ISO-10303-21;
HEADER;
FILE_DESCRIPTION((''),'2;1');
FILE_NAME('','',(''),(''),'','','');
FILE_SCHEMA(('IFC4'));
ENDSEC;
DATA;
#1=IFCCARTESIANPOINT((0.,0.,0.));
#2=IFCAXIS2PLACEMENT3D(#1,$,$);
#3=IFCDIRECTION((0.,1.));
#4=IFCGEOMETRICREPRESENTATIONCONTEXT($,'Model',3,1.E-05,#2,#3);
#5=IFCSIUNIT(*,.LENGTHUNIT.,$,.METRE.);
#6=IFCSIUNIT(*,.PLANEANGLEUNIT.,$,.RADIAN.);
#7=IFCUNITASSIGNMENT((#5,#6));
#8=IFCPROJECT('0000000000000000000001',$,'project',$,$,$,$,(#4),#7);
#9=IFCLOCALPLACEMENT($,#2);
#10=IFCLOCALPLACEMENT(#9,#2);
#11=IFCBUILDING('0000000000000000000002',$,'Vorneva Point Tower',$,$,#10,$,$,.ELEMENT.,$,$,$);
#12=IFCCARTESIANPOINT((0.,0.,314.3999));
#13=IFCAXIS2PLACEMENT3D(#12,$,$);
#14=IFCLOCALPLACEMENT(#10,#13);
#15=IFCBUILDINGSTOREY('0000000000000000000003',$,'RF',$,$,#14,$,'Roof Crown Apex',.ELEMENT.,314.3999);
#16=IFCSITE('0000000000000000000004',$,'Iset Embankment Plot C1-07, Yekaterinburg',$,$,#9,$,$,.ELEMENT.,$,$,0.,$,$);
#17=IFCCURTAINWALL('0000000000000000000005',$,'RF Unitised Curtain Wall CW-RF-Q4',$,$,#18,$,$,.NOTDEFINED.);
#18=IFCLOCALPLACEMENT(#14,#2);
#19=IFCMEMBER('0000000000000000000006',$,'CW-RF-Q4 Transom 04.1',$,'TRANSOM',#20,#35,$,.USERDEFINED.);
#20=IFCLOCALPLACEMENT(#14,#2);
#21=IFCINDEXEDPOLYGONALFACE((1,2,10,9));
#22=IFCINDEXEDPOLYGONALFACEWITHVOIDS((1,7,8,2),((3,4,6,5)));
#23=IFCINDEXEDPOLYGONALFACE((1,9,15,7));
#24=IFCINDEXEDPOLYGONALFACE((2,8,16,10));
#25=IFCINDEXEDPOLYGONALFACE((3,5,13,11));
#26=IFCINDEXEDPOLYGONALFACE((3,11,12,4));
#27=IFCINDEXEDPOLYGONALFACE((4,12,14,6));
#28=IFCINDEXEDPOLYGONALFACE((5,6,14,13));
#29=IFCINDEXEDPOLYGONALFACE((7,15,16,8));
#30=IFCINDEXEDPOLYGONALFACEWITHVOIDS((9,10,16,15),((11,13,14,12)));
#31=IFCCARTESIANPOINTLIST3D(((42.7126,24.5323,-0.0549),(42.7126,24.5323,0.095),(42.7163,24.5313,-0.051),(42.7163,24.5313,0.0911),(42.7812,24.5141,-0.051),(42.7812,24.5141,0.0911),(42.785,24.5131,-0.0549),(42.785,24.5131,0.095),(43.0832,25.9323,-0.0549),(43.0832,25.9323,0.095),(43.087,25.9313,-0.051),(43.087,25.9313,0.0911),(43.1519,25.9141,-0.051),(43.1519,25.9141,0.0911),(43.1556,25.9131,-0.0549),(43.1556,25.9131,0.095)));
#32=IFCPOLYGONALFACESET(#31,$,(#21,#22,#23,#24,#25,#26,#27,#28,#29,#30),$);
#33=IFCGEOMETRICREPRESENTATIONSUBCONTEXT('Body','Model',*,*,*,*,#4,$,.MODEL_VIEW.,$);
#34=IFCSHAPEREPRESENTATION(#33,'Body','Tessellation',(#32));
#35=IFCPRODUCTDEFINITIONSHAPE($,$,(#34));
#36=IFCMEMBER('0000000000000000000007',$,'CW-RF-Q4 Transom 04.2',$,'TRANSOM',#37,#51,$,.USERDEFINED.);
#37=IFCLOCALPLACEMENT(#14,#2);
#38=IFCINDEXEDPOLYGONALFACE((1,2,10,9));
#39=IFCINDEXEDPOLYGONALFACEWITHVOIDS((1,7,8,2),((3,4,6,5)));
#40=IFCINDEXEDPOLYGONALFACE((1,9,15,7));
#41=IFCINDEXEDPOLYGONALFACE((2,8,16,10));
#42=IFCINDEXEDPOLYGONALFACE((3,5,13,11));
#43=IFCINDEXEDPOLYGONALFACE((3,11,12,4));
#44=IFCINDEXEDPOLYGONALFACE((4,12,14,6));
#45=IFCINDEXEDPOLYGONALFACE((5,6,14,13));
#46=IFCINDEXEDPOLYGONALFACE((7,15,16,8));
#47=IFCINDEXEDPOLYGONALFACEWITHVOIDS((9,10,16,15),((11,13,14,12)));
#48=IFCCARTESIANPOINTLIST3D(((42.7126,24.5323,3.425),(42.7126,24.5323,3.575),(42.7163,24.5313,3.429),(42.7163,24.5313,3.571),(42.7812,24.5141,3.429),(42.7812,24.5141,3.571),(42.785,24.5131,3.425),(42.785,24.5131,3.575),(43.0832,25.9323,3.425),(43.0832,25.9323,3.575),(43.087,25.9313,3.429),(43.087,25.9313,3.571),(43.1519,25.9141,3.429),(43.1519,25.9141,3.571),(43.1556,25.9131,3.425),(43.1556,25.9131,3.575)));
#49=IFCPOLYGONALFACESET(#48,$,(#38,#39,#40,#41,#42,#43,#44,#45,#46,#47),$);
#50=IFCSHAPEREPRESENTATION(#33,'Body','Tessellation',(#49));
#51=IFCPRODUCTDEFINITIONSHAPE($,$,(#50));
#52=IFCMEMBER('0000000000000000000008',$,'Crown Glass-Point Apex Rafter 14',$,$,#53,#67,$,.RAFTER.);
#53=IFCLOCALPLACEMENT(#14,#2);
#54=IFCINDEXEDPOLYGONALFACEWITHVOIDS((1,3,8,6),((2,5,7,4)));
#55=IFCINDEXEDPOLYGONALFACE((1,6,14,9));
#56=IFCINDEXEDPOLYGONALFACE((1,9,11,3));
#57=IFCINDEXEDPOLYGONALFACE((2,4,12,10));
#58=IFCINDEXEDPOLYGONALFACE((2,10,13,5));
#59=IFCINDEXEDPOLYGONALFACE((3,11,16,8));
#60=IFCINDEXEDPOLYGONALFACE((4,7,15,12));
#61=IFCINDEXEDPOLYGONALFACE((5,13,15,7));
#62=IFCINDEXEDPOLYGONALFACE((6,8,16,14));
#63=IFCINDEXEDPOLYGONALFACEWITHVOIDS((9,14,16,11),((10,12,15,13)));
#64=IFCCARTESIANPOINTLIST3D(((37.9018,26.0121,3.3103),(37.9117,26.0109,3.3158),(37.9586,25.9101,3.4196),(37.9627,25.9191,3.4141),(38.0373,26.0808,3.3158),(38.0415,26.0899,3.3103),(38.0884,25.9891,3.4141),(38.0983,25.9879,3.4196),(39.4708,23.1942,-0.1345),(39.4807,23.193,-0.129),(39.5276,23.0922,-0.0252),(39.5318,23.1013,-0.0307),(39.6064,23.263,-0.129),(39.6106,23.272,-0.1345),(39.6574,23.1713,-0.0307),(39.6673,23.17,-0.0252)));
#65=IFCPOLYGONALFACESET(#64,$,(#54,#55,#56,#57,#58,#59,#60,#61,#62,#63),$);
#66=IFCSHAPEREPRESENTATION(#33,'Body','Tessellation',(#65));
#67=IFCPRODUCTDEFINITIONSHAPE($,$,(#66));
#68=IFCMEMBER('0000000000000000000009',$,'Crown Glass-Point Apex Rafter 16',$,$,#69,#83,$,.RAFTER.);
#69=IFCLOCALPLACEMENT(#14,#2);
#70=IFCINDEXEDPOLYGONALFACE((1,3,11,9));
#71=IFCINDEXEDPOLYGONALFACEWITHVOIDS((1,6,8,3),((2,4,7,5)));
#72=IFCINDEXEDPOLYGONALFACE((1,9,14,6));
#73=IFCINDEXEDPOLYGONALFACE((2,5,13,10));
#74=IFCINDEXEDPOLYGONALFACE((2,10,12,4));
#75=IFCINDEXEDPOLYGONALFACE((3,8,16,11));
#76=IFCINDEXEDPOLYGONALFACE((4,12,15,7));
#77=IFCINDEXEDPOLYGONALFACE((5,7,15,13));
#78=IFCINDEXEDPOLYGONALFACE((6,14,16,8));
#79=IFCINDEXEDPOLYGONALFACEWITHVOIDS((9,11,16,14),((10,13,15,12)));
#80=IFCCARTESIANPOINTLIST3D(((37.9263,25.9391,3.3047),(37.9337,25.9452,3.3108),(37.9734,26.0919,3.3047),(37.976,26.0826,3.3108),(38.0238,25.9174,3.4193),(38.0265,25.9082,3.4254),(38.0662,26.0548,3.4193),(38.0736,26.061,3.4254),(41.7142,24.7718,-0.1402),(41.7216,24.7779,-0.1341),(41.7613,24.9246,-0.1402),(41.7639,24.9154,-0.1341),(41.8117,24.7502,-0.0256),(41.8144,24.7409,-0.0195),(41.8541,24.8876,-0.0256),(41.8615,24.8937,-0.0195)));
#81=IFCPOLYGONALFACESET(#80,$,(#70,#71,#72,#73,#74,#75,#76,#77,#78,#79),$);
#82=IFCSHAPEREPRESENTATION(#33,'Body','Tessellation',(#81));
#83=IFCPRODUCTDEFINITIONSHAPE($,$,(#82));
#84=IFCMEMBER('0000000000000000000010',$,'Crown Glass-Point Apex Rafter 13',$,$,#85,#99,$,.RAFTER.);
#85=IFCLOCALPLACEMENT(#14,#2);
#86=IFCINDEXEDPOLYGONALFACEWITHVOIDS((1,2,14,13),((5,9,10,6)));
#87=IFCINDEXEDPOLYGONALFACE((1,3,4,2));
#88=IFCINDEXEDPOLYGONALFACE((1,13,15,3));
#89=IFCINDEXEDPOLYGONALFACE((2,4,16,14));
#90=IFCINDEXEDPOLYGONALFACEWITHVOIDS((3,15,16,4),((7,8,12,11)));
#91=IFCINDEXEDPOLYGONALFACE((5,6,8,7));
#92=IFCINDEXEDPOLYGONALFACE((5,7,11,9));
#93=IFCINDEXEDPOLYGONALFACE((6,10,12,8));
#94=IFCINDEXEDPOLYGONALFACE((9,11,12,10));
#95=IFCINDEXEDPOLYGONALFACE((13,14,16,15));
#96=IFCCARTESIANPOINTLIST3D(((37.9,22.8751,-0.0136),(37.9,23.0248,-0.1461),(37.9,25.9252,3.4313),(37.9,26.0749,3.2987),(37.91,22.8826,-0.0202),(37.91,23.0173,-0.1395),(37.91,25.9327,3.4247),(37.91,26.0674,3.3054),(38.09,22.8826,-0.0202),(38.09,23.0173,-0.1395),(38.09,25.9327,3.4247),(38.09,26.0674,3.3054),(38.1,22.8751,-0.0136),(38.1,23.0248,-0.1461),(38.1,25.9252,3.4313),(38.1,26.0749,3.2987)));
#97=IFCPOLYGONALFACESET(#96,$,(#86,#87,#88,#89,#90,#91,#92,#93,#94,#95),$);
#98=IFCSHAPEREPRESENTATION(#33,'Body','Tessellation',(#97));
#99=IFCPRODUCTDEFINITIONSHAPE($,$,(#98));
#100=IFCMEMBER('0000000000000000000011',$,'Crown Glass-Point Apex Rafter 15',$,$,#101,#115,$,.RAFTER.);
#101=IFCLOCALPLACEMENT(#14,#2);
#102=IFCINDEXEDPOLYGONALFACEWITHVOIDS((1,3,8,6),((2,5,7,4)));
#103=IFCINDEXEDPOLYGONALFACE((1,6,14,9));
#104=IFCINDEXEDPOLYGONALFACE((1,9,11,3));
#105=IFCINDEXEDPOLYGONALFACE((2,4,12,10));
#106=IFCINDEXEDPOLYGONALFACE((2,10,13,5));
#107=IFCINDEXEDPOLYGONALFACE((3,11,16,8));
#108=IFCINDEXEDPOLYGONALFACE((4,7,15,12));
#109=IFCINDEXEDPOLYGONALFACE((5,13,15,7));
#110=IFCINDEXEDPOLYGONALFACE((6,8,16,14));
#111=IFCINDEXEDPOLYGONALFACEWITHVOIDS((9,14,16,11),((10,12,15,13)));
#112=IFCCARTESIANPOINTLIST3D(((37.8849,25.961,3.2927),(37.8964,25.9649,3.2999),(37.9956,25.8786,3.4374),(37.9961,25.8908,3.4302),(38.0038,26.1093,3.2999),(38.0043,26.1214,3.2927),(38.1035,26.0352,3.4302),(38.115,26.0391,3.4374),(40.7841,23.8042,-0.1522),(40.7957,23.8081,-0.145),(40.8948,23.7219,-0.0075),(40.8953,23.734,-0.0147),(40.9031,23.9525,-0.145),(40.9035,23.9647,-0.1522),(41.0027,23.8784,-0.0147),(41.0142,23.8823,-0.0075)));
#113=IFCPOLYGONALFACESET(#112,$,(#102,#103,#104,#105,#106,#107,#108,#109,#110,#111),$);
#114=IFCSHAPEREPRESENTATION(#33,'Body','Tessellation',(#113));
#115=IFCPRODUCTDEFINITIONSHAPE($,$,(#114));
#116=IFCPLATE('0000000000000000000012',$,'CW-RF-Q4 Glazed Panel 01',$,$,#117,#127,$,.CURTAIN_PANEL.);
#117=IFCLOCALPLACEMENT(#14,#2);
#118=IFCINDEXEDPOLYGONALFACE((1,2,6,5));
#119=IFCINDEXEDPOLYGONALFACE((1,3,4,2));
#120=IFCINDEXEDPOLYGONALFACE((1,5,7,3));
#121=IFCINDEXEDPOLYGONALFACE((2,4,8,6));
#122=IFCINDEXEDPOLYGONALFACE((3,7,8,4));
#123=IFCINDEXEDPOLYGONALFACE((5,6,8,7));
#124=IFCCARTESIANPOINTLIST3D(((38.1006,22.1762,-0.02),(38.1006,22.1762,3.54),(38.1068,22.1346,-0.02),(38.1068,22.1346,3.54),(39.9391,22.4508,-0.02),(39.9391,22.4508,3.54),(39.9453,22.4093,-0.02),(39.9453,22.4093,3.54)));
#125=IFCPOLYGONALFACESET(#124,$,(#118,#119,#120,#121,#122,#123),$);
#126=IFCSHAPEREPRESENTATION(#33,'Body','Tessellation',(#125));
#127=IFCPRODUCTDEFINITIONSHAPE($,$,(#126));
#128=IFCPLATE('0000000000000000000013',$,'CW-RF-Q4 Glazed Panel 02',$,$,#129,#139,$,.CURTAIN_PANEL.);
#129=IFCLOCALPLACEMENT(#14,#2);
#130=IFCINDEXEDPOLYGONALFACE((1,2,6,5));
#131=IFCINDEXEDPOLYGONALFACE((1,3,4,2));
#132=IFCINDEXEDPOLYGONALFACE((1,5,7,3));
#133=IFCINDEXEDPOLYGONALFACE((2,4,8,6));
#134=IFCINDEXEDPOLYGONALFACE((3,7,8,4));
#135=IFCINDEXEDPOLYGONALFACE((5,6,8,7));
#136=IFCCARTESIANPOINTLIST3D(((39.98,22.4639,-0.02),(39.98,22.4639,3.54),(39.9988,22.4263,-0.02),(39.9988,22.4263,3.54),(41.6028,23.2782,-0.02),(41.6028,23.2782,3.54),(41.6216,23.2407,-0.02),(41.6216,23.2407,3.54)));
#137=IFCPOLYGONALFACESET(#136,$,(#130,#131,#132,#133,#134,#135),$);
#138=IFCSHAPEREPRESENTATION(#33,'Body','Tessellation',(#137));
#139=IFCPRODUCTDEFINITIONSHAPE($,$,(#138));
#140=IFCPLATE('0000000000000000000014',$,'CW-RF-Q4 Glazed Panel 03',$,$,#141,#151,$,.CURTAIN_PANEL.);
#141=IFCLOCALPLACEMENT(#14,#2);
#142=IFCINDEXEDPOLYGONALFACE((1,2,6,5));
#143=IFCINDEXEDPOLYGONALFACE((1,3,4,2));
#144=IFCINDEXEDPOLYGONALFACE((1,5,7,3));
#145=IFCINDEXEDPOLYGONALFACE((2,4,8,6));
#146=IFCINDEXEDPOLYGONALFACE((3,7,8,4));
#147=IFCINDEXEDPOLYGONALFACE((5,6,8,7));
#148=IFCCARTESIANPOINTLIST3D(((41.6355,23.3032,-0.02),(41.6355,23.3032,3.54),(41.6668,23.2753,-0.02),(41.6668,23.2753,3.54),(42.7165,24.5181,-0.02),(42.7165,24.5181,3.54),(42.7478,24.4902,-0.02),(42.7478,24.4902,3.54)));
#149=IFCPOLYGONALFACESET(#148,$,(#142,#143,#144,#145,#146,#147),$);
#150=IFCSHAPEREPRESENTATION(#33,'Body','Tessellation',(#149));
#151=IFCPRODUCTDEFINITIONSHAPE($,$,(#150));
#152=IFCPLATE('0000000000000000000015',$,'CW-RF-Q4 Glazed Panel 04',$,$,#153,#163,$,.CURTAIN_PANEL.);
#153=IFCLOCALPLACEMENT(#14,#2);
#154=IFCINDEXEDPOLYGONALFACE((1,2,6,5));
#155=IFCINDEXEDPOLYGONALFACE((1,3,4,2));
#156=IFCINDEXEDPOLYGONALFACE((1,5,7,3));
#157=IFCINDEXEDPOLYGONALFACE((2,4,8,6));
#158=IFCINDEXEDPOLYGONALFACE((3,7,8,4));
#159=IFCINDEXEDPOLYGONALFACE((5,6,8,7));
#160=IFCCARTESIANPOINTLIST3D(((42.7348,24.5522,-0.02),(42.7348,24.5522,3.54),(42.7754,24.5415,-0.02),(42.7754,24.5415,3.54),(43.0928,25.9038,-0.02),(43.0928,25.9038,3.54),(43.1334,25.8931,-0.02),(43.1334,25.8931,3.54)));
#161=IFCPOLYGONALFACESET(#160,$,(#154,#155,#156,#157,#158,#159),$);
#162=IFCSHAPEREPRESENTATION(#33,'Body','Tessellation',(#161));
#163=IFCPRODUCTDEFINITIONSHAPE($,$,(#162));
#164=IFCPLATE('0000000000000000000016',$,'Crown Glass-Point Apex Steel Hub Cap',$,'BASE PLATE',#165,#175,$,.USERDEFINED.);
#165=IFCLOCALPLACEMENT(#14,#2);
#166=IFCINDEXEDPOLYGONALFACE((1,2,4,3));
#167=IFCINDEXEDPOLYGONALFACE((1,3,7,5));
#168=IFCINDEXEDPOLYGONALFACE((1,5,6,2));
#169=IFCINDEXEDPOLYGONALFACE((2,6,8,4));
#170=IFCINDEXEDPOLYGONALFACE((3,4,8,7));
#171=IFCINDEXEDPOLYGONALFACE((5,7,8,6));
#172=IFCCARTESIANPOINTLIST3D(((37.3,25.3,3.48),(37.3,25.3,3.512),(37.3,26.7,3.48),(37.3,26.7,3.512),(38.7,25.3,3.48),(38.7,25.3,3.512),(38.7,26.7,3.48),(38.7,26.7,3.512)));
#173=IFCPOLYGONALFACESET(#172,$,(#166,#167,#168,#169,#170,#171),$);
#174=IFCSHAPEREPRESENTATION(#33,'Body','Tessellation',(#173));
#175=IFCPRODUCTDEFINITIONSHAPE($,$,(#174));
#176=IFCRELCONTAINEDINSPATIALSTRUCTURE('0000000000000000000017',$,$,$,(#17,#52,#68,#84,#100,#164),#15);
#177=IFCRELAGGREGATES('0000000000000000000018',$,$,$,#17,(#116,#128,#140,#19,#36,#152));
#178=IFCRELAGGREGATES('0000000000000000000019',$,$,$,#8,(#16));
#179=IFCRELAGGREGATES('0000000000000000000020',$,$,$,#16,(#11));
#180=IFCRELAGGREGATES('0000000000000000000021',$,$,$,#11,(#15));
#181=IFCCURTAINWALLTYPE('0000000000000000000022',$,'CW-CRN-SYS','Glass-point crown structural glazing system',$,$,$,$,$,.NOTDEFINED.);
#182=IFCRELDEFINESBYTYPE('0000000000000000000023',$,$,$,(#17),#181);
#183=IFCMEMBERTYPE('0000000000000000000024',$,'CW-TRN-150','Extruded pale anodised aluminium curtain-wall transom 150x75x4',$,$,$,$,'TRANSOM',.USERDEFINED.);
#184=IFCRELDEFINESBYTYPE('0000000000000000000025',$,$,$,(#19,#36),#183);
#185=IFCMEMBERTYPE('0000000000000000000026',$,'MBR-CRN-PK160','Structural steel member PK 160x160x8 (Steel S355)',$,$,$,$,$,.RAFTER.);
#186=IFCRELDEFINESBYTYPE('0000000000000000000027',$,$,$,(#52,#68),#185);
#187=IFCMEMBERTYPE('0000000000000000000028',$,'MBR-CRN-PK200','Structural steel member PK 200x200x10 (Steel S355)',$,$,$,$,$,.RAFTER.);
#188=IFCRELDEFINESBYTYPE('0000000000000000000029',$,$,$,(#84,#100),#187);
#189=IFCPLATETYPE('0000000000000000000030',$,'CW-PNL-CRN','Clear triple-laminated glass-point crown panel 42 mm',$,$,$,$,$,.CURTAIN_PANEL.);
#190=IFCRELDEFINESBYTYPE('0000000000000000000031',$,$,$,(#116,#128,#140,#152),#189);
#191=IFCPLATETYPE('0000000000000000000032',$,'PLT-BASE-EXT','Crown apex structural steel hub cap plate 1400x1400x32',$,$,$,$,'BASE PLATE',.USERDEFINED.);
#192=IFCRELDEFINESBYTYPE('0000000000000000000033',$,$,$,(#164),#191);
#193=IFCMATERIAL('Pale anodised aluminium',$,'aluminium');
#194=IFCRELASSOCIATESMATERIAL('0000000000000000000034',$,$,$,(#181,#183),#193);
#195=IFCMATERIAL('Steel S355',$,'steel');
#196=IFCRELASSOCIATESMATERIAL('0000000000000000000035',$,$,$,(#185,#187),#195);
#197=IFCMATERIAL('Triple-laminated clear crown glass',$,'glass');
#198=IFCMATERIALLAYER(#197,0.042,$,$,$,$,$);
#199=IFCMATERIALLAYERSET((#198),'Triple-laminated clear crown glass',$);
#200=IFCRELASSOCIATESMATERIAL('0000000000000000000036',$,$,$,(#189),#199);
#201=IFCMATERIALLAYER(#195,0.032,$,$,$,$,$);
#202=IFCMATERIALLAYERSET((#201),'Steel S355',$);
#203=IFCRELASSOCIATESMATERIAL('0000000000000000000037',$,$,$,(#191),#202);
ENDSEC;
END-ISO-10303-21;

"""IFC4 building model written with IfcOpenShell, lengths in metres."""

from ifc_helpers import new_model, si_unit, direction, frame, origin, origin_2d, place, context, subcontext, project, spatial, rectangle, hollow_rectangle, extrude, material, layer, layer_set, material_profile, profile_set, type_object, element, aggregate, save


model = new_model("IFC4")

# Units and contexts
model_context = context("Model", 3, precision=1e-05, world=origin(), true_north=direction((0.0, 1.0)))
body_context = subcontext(model_context, "Body", "Model", "MODEL_VIEW")
ifc_project = project(units=[si_unit("LENGTHUNIT", "METRE"), si_unit("PLANEANGLEUNIT", "RADIAN")], contexts=[model_context])

# Site, building, storey
site_placement = place(None, origin())
site = spatial("IfcSite", under=ifc_project, at=site_placement, Name="Iset Embankment Plot C1-07, Yekaterinburg", CompositionType="ELEMENT", RefElevation=0.0)
building_placement = place(site_placement, origin())
building = spatial("IfcBuilding", under=site, at=building_placement, Name="Vorneva Point Tower", CompositionType="ELEMENT")
storey_placement = place(building_placement, frame((0.0, 0.0, 314.3999)))
storey = spatial("IfcBuildingStorey", under=building, at=storey_placement, Name="RF", LongName="Roof Crown Apex", CompositionType="ELEMENT", Elevation=314.3999)

# Curtain wall, members
ifc_material_1 = material(Name="Pale anodised aluminium", Category="aluminium")
curtain_wall_type = type_object("IfcCurtainWallType", Name="CW-CRN-SYS", Description="Glass-point crown structural glazing system", PredefinedType="NOTDEFINED", material=ifc_material_1)
curtain_wall_placement = place(storey_placement, origin())
curtain_wall = element("IfcCurtainWall", 1, at=curtain_wall_placement, inside=storey, type_object=curtain_wall_type, Name="RF Unitised Curtain Wall CW-RF-Q4", PredefinedType="NOTDEFINED")
ifc_material_profile_1 = material_profile(ifc_material_1, hollow_rectangle(XDim=0.075, YDim=0.1499, WallThickness=0.0039, at=origin_2d()), Name="AL-TRN 150x75x4")
ifc_profile_set_1 = profile_set([ifc_material_profile_1], Name="Pale anodised aluminium")
member_type_1 = type_object("IfcMemberType", Name="CW-TRN-150", Description="Extruded pale anodised aluminium curtain-wall transom 150x75x4", ElementType="TRANSOM", PredefinedType="USERDEFINED", material=ifc_profile_set_1)
member_1_placement = place(storey_placement, frame((42.7488, 24.5227, 0.02), z_axis=(0.25592, 0.966698, 0.0), x_axis=(-0.966698, 0.25592, 0.0)))
member_1 = element("IfcMember", 2, at=member_1_placement, type_object=member_type_1, Name="CW-RF-Q4 Transom 04.1", ObjectType="TRANSOM", PredefinedType="USERDEFINED", context=body_context, shape_type="SweptSolid", body=[
    extrude(hollow_rectangle(XDim=0.075, YDim=0.1499, WallThickness=0.0039, at=origin_2d()), origin(), (0.0, 0.0, 1.0), 1.4482),
])
member_2_placement = place(storey_placement, frame((42.7488, 24.5227, 3.5), z_axis=(0.25592, 0.966698, 0.0), x_axis=(-0.966698, 0.25592, 0.0)))
member_2 = element("IfcMember", 3, at=member_2_placement, type_object=member_type_1, Name="CW-RF-Q4 Transom 04.2", ObjectType="TRANSOM", PredefinedType="USERDEFINED", context=body_context, shape_type="SweptSolid", body=[
    extrude(hollow_rectangle(XDim=0.075, YDim=0.1499, WallThickness=0.0039, at=origin_2d()), origin(), (0.0, 0.0, 1.0), 1.4482),
])

# Members
ifc_material_2 = material(Name="Steel S355", Category="steel")
ifc_material_profile_2 = material_profile(ifc_material_2, hollow_rectangle(XDim=0.1599, YDim=0.1599, WallThickness=0.0081, at=origin_2d()), Name="PK 160x160x8")
ifc_profile_set_2 = profile_set([ifc_material_profile_2], Name="Steel S355")
member_type_2 = type_object("IfcMemberType", Name="MBR-CRN-PK160", Description="Structural steel member PK 160x160x8 (Steel S355)", PredefinedType="RAFTER", material=ifc_profile_set_2)
member_3_placement = place(storey_placement, frame((39.5691, 23.1821, -0.0798), z_axis=(-0.332503, 0.597129, 0.729985), x_axis=(-0.873682, -0.486497, 0.0)))
element("IfcMember", 4, at=member_3_placement, inside=storey, type_object=member_type_2, Name="Crown Glass-Point Apex Rafter 14", PredefinedType="RAFTER", context=body_context, shape_type="SweptSolid", body=[
    extrude(hollow_rectangle(XDim=0.1599, YDim=0.1599, WallThickness=0.0081, at=origin_2d()), origin(), (0.0, 0.0, 1.0), 4.719),
])
member_4_placement = place(storey_placement, frame((41.7878, 24.8328, -0.0798), z_axis=(-0.721304, 0.222272, 0.655984), x_axis=(-0.294488, -0.955655, 0.0)))
element("IfcMember", 5, at=member_4_placement, inside=storey, type_object=member_type_2, Name="Crown Glass-Point Apex Rafter 16", PredefinedType="RAFTER", context=body_context, shape_type="SweptSolid", body=[
    extrude(hollow_rectangle(XDim=0.1599, YDim=0.1599, WallThickness=0.0081, at=origin_2d()), origin(), (0.0, 0.0, 1.0), 5.2515),
])
ifc_material_profile_3 = material_profile(ifc_material_2, hollow_rectangle(XDim=0.2, YDim=0.2, WallThickness=0.01, at=origin_2d()), Name="PK 200x200x10")
ifc_profile_set_3 = profile_set([ifc_material_profile_3], Name="Steel S355")
member_type_3 = type_object("IfcMemberType", Name="MBR-CRN-PK200", Description="Structural steel member PK 200x200x10 (Steel S355)", PredefinedType="RAFTER", material=ifc_profile_set_3)
member_5_placement = place(storey_placement, frame((38.0, 22.95, -0.0798), z_axis=(0.0, 0.662904, 0.748705), x_axis=(-1.0, 0.0, 0.0)))
element("IfcMember", 6, at=member_5_placement, inside=storey, type_object=member_type_3, Name="Crown Glass-Point Apex Rafter 13", PredefinedType="RAFTER", context=body_context, shape_type="SweptSolid", body=[
    extrude(hollow_rectangle(XDim=0.2, YDim=0.2, WallThickness=0.01, at=origin_2d()), origin(), (0.0, 0.0, 1.0), 4.6011),
])
member_6_placement = place(storey_placement, frame((40.8992, 23.8433, -0.0798), z_axis=(-0.580723, 0.432009, 0.690021), x_axis=(-0.596871, -0.802337, 0.0)))
element("IfcMember", 7, at=member_6_placement, inside=storey, type_object=member_type_3, Name="Crown Glass-Point Apex Rafter 15", PredefinedType="RAFTER", context=body_context, shape_type="SweptSolid", body=[
    extrude(hollow_rectangle(XDim=0.2, YDim=0.2, WallThickness=0.01, at=origin_2d()), origin(), (0.0, 0.0, 1.0), 4.9924),
])

# Plates
ifc_material_3 = material(Name="Triple-laminated clear crown glass", Category="glass")
ifc_layer_1 = layer(ifc_material_3, 0.042)
ifc_layer_set_1 = layer_set([ifc_layer_1], Name="Triple-laminated clear crown glass")
plate_type_1 = type_object("IfcPlateType", Name="CW-PNL-CRN", Description="Clear triple-laminated glass-point crown panel 42 mm", PredefinedType="CURTAIN_PANEL", material=ifc_layer_set_1)
plate_1_placement = place(storey_placement, frame((39.0229, 22.2927, -0.02), z_axis=(0.0, 0.0, 1.0), x_axis=(0.989026, 0.14774, 0.0)))
plate_1 = element("IfcPlate", 8, at=plate_1_placement, type_object=plate_type_1, Name="CW-RF-Q4 Glazed Panel 01", PredefinedType="CURTAIN_PANEL", context=body_context, shape_type="SweptSolid", body=[
    extrude(rectangle(XDim=1.8589, YDim=0.042, at=origin_2d()), origin(), (0.0, 0.0, 1.0), 3.5601),
])
plate_2_placement = place(storey_placement, frame((40.8008, 22.8523, -0.02), z_axis=(0.0, 0.0, 1.0), x_axis=(0.893771, 0.448524, 0.0)))
plate_2 = element("IfcPlate", 9, at=plate_2_placement, type_object=plate_type_1, Name="CW-RF-Q4 Glazed Panel 02", PredefinedType="CURTAIN_PANEL", context=body_context, shape_type="SweptSolid", body=[
    extrude(rectangle(XDim=1.8157, YDim=0.042, at=origin_2d()), origin(), (0.0, 0.0, 1.0), 3.5601),
])
plate_3_placement = place(storey_placement, frame((42.1917, 23.8967, -0.02), z_axis=(0.0, 0.0, 1.0), x_axis=(0.664735, 0.747079, 0.0)))
plate_3 = element("IfcPlate", 10, at=plate_3_placement, type_object=plate_type_1, Name="CW-RF-Q4 Glazed Panel 03", PredefinedType="CURTAIN_PANEL", context=body_context, shape_type="SweptSolid", body=[
    extrude(rectangle(XDim=1.6262, YDim=0.042, at=origin_2d()), origin(), (0.0, 0.0, 1.0), 3.5601),
])
plate_4_placement = place(storey_placement, frame((42.9341, 25.2227, -0.02), z_axis=(0.0, 0.0, 1.0), x_axis=(0.256053, 0.966663, 0.0)))
plate_4 = element("IfcPlate", 11, at=plate_4_placement, type_object=plate_type_1, Name="CW-RF-Q4 Glazed Panel 04", PredefinedType="CURTAIN_PANEL", context=body_context, shape_type="SweptSolid", body=[
    extrude(rectangle(XDim=1.3982, YDim=0.042, at=origin_2d()), origin(), (0.0, 0.0, 1.0), 3.5601),
])
aggregate(curtain_wall, [plate_1, plate_2, plate_3, member_1, member_2, plate_4])

# Plate
ifc_layer_2 = layer(ifc_material_2, 0.032)
ifc_layer_set_2 = layer_set([ifc_layer_2], Name="Steel S355")
plate_type_2 = type_object("IfcPlateType", Name="PLT-BASE-EXT", Description="Crown apex structural steel hub cap plate 1400x1400x32", ElementType="BASE PLATE", PredefinedType="USERDEFINED", material=ifc_layer_set_2)
plate_5_placement = place(storey_placement, frame((38.0, 26.0, 3.48), z_axis=(0.0, 0.0, 1.0), x_axis=(1.0, 0.0, 0.0)))
element("IfcPlate", 12, at=plate_5_placement, inside=storey, type_object=plate_type_2, Name="Crown Glass-Point Apex Steel Hub Cap", ObjectType="BASE PLATE", PredefinedType="USERDEFINED", context=body_context, shape_type="SweptSolid", body=[
    extrude(rectangle(XDim=1.3999, YDim=1.3999, at=origin_2d()), origin(), (0.0, 0.0, 1.0), 0.032),
])

save(model, "model.ifc")
